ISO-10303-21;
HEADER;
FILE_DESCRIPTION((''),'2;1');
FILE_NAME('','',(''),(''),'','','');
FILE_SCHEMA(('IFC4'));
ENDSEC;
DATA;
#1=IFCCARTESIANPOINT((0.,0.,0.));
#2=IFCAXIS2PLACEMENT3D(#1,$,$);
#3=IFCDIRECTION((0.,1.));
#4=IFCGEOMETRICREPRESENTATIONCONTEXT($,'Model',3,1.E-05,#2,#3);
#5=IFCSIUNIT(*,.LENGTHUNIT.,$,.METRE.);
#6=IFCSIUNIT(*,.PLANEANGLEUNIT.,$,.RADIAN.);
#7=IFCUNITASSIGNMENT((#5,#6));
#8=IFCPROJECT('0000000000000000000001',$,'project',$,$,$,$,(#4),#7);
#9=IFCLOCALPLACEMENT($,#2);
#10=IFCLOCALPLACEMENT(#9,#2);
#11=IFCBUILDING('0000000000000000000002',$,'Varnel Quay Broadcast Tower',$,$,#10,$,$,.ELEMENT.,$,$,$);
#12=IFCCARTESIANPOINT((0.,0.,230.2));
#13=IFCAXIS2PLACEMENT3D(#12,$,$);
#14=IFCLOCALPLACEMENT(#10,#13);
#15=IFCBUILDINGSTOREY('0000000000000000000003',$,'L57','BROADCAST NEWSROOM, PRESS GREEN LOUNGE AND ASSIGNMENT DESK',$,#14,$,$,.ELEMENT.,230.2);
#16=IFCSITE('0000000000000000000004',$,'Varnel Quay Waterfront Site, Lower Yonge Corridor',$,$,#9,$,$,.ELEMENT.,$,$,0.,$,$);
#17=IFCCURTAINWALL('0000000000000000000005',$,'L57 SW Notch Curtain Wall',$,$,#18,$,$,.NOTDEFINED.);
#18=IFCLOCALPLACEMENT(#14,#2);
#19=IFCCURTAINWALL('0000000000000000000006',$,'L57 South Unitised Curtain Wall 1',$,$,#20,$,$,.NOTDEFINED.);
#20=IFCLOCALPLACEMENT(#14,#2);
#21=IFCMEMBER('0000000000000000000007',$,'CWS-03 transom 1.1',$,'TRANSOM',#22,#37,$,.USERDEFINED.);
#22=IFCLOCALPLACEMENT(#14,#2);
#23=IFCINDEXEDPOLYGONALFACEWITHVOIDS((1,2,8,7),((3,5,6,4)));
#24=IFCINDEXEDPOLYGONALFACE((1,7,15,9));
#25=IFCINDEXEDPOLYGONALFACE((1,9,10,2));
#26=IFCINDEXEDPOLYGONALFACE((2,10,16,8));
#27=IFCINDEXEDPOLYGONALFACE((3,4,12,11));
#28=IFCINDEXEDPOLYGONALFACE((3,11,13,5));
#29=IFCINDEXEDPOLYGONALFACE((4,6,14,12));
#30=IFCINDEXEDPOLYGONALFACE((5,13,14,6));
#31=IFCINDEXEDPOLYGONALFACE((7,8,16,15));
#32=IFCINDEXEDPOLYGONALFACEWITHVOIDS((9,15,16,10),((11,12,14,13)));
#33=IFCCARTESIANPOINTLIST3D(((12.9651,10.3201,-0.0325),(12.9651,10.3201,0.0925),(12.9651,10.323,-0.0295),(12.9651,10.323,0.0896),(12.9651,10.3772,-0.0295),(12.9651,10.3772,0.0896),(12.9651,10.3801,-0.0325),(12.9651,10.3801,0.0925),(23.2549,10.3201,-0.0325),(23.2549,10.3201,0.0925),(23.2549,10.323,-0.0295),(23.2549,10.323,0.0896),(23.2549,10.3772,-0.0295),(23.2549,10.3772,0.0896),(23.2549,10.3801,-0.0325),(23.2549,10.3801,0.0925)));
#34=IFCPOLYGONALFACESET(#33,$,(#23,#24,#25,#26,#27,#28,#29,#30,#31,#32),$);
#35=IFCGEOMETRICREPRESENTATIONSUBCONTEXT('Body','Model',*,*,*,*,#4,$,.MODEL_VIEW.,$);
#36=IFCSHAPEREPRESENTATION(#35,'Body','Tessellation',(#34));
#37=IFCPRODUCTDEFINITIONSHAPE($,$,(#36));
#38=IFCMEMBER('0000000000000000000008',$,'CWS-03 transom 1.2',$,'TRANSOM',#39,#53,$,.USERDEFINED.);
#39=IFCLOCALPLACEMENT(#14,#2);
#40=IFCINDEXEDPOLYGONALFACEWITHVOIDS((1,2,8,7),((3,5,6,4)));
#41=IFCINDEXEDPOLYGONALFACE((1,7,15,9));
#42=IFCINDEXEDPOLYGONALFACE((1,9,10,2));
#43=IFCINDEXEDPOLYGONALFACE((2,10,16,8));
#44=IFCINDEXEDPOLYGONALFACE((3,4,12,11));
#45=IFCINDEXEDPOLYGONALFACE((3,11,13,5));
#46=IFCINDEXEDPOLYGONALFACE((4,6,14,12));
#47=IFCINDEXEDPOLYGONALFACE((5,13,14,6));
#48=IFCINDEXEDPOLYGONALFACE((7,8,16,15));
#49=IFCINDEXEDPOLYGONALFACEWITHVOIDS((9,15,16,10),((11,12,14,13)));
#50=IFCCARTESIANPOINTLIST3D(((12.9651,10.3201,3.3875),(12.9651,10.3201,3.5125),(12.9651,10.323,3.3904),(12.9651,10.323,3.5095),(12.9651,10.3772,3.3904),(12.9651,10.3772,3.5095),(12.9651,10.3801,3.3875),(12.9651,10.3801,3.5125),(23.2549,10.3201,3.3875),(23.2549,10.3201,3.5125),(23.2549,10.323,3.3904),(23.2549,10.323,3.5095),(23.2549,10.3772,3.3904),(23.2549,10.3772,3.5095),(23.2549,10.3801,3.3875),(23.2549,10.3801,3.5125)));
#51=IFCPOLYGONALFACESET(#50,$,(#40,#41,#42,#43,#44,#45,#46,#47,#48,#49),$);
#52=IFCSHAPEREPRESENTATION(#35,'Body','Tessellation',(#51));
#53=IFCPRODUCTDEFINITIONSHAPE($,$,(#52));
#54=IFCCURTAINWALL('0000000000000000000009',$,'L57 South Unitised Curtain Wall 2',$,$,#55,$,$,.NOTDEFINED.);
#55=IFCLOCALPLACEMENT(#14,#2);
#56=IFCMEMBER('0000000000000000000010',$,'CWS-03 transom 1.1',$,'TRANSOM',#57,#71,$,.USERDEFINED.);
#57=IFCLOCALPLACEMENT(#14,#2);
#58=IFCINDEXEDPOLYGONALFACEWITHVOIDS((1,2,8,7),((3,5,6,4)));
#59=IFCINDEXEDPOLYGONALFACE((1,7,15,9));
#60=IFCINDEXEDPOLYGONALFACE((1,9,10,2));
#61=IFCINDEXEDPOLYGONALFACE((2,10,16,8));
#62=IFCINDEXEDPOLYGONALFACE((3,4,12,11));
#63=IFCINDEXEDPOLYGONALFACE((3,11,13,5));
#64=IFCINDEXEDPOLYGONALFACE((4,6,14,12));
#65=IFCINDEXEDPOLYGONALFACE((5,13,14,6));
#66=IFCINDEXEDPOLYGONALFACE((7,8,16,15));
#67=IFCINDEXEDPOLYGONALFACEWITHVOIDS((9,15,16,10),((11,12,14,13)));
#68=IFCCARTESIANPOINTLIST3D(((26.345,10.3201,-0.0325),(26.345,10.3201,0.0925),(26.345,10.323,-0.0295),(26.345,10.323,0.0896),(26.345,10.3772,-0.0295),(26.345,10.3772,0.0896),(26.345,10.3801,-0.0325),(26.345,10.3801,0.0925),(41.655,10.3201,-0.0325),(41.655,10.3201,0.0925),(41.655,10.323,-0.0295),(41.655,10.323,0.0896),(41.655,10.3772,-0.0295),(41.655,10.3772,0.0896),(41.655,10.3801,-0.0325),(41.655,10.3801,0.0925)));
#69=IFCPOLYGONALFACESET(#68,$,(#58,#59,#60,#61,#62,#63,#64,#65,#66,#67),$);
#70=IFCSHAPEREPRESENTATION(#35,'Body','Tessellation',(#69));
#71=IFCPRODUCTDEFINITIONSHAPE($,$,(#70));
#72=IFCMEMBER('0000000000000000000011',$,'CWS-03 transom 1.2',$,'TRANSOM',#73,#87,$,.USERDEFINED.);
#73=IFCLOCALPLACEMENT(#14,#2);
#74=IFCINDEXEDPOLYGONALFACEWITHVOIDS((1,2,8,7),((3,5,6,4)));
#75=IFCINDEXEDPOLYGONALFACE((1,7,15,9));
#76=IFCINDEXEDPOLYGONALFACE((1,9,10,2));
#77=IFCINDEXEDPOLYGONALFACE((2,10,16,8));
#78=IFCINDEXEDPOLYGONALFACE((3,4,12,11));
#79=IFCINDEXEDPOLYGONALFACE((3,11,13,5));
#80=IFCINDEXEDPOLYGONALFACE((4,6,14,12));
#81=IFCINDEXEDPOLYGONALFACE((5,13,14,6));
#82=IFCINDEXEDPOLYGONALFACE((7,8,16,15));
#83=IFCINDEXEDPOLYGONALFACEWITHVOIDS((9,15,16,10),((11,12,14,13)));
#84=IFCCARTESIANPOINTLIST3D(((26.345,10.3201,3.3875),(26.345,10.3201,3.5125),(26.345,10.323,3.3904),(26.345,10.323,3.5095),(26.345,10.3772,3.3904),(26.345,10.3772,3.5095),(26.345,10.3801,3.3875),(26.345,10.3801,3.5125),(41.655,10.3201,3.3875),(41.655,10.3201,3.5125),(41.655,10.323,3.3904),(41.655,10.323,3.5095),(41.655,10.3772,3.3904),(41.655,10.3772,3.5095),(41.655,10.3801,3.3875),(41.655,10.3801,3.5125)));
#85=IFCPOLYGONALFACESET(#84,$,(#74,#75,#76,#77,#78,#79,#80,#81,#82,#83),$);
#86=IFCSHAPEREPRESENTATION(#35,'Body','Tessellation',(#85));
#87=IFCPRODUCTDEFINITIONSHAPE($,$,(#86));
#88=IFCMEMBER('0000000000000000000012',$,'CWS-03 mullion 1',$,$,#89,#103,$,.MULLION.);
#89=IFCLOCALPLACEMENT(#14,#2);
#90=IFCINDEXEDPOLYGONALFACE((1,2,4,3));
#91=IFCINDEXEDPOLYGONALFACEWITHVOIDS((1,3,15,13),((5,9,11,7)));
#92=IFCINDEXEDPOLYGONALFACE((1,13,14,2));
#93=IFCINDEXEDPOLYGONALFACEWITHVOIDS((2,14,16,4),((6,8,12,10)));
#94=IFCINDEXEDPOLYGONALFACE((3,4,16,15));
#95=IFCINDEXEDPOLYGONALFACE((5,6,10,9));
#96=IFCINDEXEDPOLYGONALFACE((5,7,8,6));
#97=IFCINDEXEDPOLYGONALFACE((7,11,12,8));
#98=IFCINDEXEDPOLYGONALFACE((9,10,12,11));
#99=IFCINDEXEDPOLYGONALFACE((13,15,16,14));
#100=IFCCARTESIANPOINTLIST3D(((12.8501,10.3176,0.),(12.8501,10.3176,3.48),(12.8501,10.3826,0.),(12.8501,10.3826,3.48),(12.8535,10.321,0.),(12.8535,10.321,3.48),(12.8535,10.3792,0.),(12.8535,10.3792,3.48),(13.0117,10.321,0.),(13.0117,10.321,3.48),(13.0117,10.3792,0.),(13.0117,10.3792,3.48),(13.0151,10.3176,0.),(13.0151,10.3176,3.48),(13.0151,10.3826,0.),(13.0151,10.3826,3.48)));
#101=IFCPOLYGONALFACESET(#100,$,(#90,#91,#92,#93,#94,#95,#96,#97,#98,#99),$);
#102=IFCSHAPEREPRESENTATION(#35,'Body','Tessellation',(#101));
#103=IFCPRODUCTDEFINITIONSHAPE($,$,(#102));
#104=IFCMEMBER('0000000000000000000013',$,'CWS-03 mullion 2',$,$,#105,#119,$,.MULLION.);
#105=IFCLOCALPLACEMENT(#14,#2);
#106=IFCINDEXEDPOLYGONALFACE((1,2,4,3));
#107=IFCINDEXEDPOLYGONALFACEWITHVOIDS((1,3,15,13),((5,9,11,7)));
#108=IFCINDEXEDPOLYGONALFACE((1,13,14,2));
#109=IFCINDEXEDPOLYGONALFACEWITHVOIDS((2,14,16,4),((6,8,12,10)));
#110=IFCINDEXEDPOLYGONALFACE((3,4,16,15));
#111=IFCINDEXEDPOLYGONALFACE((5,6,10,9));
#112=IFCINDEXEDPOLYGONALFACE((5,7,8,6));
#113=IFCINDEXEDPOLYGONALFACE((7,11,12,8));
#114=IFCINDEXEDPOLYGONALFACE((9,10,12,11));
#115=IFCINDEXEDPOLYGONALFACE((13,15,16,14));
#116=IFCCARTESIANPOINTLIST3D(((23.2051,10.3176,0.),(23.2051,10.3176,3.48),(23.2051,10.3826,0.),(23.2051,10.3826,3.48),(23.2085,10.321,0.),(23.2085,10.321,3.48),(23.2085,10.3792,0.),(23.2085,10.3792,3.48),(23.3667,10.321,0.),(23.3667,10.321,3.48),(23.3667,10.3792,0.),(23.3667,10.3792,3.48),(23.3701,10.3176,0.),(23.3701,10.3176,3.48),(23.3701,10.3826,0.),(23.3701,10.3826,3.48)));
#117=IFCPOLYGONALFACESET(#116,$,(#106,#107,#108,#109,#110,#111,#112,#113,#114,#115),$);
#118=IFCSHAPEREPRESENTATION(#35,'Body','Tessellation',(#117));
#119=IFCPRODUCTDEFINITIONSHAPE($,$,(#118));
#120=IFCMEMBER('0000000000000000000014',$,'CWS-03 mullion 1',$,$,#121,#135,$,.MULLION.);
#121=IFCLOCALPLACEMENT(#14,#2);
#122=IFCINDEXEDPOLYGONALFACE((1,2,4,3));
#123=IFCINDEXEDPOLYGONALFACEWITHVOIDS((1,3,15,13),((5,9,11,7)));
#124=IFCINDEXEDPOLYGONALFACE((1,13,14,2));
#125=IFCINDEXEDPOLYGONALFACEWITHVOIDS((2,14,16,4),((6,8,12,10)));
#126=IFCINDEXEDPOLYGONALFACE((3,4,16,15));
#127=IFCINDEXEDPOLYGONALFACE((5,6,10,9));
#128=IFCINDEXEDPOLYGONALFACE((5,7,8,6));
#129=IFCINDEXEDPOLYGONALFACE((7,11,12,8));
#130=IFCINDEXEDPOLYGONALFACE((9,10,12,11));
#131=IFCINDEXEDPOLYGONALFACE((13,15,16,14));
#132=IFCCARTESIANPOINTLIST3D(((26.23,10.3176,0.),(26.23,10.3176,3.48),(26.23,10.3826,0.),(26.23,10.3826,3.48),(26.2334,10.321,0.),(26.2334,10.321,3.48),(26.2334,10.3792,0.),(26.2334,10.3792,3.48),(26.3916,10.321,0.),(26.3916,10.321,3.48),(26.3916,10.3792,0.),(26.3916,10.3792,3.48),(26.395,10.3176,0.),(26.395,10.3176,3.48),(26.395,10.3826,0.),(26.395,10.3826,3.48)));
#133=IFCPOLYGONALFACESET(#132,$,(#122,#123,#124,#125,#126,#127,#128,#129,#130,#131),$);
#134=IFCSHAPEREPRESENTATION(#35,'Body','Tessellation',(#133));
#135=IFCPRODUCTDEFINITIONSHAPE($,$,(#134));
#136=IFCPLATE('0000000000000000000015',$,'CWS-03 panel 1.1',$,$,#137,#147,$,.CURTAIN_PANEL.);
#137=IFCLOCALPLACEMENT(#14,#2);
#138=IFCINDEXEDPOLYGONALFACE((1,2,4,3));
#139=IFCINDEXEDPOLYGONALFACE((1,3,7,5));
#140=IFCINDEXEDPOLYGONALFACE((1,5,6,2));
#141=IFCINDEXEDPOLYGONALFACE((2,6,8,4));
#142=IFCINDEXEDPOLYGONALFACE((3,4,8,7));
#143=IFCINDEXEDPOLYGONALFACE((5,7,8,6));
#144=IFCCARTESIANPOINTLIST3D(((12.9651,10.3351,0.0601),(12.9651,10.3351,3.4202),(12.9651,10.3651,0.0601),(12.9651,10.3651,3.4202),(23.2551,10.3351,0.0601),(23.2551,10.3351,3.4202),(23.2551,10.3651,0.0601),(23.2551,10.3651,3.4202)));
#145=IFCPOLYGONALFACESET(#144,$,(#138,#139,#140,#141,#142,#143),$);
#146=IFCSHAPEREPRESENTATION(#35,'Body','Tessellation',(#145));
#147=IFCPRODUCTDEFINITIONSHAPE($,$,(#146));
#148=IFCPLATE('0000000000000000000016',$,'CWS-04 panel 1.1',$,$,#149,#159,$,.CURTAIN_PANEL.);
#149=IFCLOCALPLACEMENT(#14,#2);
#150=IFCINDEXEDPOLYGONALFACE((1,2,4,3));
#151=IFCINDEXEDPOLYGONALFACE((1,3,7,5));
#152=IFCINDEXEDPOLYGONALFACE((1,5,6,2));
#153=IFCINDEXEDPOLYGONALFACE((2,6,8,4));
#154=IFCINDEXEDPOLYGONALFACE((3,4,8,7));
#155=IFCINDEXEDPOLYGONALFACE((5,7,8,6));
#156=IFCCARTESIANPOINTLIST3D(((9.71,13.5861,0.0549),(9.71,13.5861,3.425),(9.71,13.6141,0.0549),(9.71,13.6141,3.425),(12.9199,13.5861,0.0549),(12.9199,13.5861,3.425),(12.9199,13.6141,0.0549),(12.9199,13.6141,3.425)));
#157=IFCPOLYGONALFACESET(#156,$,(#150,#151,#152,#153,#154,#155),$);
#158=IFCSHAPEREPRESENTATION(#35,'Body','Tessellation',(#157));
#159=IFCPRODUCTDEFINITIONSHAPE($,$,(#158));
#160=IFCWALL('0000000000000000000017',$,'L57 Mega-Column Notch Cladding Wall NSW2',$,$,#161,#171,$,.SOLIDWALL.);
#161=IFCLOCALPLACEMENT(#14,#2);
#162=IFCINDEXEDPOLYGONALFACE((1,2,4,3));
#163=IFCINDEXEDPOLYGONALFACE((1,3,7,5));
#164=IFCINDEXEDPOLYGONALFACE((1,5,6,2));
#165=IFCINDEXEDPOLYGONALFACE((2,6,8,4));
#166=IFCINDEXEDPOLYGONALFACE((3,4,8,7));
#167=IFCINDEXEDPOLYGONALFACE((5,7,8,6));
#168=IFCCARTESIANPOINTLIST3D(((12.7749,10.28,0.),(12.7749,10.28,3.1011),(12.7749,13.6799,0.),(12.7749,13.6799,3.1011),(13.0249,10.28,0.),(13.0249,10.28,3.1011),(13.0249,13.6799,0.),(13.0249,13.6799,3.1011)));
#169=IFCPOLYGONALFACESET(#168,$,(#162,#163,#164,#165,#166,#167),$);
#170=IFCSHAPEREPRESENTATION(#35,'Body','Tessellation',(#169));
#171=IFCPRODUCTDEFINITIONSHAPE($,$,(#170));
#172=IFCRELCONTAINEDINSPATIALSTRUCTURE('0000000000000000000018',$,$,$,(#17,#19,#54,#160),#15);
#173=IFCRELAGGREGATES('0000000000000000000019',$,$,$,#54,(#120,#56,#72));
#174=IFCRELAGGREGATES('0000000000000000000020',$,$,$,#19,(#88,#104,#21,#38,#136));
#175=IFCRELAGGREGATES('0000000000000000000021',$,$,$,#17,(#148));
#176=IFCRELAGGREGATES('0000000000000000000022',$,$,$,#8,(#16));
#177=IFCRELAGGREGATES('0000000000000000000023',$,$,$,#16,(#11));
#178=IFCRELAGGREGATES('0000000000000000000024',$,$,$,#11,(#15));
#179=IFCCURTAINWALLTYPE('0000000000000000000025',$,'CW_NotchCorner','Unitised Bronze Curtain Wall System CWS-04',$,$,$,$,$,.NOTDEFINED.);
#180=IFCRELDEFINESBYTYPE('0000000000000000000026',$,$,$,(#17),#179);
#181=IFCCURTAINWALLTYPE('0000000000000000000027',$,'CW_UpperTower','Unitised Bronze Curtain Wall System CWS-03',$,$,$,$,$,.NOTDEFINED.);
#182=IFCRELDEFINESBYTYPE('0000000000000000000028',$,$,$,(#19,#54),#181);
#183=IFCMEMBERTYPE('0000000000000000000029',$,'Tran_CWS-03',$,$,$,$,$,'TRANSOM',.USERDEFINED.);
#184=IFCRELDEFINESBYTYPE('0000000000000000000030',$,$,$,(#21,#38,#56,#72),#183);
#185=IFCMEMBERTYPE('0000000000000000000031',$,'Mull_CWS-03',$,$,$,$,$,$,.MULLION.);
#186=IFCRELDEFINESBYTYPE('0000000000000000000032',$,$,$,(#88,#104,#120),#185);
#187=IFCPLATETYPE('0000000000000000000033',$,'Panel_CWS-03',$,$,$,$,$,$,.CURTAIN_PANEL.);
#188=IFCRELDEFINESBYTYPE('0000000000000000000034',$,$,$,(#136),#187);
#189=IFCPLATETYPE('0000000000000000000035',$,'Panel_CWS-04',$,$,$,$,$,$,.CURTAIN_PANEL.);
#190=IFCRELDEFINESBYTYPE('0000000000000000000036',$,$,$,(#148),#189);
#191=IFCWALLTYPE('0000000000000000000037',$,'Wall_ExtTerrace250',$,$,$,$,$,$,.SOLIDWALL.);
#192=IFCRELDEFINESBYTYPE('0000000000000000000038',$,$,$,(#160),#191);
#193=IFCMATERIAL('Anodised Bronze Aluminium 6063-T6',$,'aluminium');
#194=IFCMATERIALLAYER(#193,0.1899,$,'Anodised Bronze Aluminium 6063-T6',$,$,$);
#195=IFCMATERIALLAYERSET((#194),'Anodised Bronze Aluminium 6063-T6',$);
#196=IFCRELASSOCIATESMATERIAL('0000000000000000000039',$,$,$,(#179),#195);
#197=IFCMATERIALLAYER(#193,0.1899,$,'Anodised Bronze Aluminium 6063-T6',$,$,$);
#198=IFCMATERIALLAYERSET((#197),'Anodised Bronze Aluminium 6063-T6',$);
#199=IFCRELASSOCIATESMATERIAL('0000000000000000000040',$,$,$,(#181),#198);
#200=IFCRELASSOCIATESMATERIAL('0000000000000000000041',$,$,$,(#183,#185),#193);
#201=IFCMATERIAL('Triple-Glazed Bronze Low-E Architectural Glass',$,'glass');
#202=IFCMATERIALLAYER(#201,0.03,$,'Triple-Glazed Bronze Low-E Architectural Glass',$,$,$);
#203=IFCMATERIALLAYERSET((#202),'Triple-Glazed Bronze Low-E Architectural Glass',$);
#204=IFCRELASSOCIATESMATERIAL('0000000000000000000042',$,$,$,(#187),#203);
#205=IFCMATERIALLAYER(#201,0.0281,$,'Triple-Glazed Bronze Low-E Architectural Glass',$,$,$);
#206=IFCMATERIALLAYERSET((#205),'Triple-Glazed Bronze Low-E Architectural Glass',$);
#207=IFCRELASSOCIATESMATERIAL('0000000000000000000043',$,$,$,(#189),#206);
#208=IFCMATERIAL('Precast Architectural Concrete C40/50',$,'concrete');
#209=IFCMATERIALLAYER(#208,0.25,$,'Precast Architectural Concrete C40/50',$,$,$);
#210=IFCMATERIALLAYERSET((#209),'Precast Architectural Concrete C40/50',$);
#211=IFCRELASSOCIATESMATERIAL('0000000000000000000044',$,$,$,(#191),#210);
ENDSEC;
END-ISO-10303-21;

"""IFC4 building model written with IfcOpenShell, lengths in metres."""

from ifc_helpers import new_model, si_unit, direction, frame, frame_2d, origin, origin_2d, place, context, subcontext, project, spatial, rectangle, hollow_rectangle, extrude, source, transform, mapped, material, layer, layer_set, material_profile, profile_set, type_object, type_shapes, element, aggregate, save


model = new_model("IFC4")

# Units and contexts
model_context = context("Model", 3, precision=1e-05, world=origin(), true_north=direction((0.0, 1.0)))
body_context = subcontext(model_context, "Body", "Model", "MODEL_VIEW")
ifc_project = project(units=[si_unit("LENGTHUNIT", "METRE"), si_unit("PLANEANGLEUNIT", "RADIAN")], contexts=[model_context])

# Site, building, storey
site_placement = place(None, origin())
site = spatial("IfcSite", under=ifc_project, at=site_placement, Name="Varnel Quay Waterfront Site, Lower Yonge Corridor", CompositionType="ELEMENT", RefElevation=0.0)
building_placement = place(site_placement, origin())
building = spatial("IfcBuilding", under=site, at=building_placement, Name="Varnel Quay Broadcast Tower", CompositionType="ELEMENT")
storey_placement = place(building_placement, frame((0.0, 0.0, 230.2)))
storey = spatial("IfcBuildingStorey", under=building, at=storey_placement, Name="L57", Description="BROADCAST NEWSROOM, PRESS GREEN LOUNGE AND ASSIGNMENT DESK", CompositionType="ELEMENT", Elevation=230.2)

# Curtain wall
ifc_material_1 = material(Name="Anodised Bronze Aluminium 6063-T6", Category="aluminium")
ifc_layer_1 = layer(ifc_material_1, 0.1899, Name="Anodised Bronze Aluminium 6063-T6")
ifc_layer_set_1 = layer_set([ifc_layer_1], Name="Anodised Bronze Aluminium 6063-T6")
curtain_wall_type_1 = type_object("IfcCurtainWallType", Name="CW_NotchCorner", Description="Unitised Bronze Curtain Wall System CWS-04", PredefinedType="NOTDEFINED", material=ifc_layer_set_1)
curtain_wall_1_placement = place(storey_placement, origin())
curtain_wall_1 = element("IfcCurtainWall", 1, at=curtain_wall_1_placement, inside=storey, type_object=curtain_wall_type_1, Name="L57 SW Notch Curtain Wall", PredefinedType="NOTDEFINED")

# Curtain walls, members
ifc_layer_2 = layer(ifc_material_1, 0.1899, Name="Anodised Bronze Aluminium 6063-T6")
ifc_layer_set_2 = layer_set([ifc_layer_2], Name="Anodised Bronze Aluminium 6063-T6")
curtain_wall_type_2 = type_object("IfcCurtainWallType", Name="CW_UpperTower", Description="Unitised Bronze Curtain Wall System CWS-03", PredefinedType="NOTDEFINED", material=ifc_layer_set_2)
curtain_wall_2_placement = place(storey_placement, origin())
curtain_wall_2 = element("IfcCurtainWall", 2, at=curtain_wall_2_placement, inside=storey, type_object=curtain_wall_type_2, Name="L57 South Unitised Curtain Wall 1", PredefinedType="NOTDEFINED")
ifc_material_profile_1 = material_profile(ifc_material_1, hollow_rectangle(XDim=0.0601, YDim=0.125, WallThickness=0.0029, at=origin_2d()), Name="ALU60X125X3")
ifc_profile_set_1 = profile_set([ifc_material_profile_1], Name="Anodised Bronze Aluminium 6063-T6")
member_type_1 = type_object("IfcMemberType", Name="Tran_CWS-03", ElementType="TRANSOM", PredefinedType="USERDEFINED", material=ifc_profile_set_1)
shared_shape_1 = source(origin(), body_context, "Body", "SweptSolid", [
    extrude(hollow_rectangle(XDim=0.0601, YDim=0.125, WallThickness=0.0029, at=origin_2d()), origin(), (0.0, 0.0, 1.0), 10.2898),
])
member_1_placement = place(storey_placement, frame((12.9651, 10.3501, 0.03), z_axis=(1.0, 0.0, 0.0), x_axis=(0.0, 1.0, 0.0)))
member_1 = element("IfcMember", 3, at=member_1_placement, type_object=member_type_1, Name="CWS-03 transom 1.1", ObjectType="TRANSOM", PredefinedType="USERDEFINED", context=body_context, shape_type="MappedRepresentation", body=[
    mapped(shared_shape_1, transform((0.0, 0.0, 0.0), x_axis=(1.0, 0.0, 0.0), y_axis=(0.0, 1.0, 0.0), z_axis=(0.0, 0.0, 1.0), scale=1.0)),
])
member_2_placement = place(storey_placement, frame((12.9651, 10.3501, 3.45), z_axis=(1.0, 0.0, 0.0), x_axis=(0.0, 1.0, 0.0)))
member_2 = element("IfcMember", 4, at=member_2_placement, type_object=member_type_1, Name="CWS-03 transom 1.2", ObjectType="TRANSOM", PredefinedType="USERDEFINED", context=body_context, shape_type="MappedRepresentation", body=[
    mapped(shared_shape_1, transform((0.0, 0.0, 0.0), x_axis=(1.0, 0.0, 0.0), y_axis=(0.0, 1.0, 0.0), z_axis=(0.0, 0.0, 1.0), scale=1.0)),
])
curtain_wall_3_placement = place(storey_placement, origin())
curtain_wall_3 = element("IfcCurtainWall", 5, at=curtain_wall_3_placement, inside=storey, type_object=curtain_wall_type_2, Name="L57 South Unitised Curtain Wall 2", PredefinedType="NOTDEFINED")
shared_shape_2 = source(origin(), body_context, "Body", "SweptSolid", [
    extrude(hollow_rectangle(XDim=0.0601, YDim=0.125, WallThickness=0.0029, at=origin_2d()), origin(), (0.0, 0.0, 1.0), 15.3101),
])
type_shapes(member_type_1, [shared_shape_1, shared_shape_2])
member_3_placement = place(storey_placement, frame((26.345, 10.3501, 0.03), z_axis=(1.0, 0.0, 0.0), x_axis=(0.0, 1.0, 0.0)))
member_3 = element("IfcMember", 6, at=member_3_placement, type_object=member_type_1, Name="CWS-03 transom 1.1", ObjectType="TRANSOM", PredefinedType="USERDEFINED", context=body_context, shape_type="MappedRepresentation", body=[
    mapped(shared_shape_2, transform((0.0, 0.0, 0.0), x_axis=(1.0, 0.0, 0.0), y_axis=(0.0, 1.0, 0.0), z_axis=(0.0, 0.0, 1.0), scale=1.0)),
])
member_4_placement = place(storey_placement, frame((26.345, 10.3501, 3.45), z_axis=(1.0, 0.0, 0.0), x_axis=(0.0, 1.0, 0.0)))
member_4 = element("IfcMember", 7, at=member_4_placement, type_object=member_type_1, Name="CWS-03 transom 1.2", ObjectType="TRANSOM", PredefinedType="USERDEFINED", context=body_context, shape_type="MappedRepresentation", body=[
    mapped(shared_shape_2, transform((0.0, 0.0, 0.0), x_axis=(1.0, 0.0, 0.0), y_axis=(0.0, 1.0, 0.0), z_axis=(0.0, 0.0, 1.0), scale=1.0)),
])

# Members
ifc_material_profile_2 = material_profile(ifc_material_1, hollow_rectangle(XDim=0.0649, YDim=0.165, WallThickness=0.0034, at=origin_2d()), Name="ALU65X165X3.5")
ifc_profile_set_2 = profile_set([ifc_material_profile_2], Name="Anodised Bronze Aluminium 6063-T6")
member_type_2 = type_object("IfcMemberType", Name="Mull_CWS-03", PredefinedType="MULLION", material=ifc_profile_set_2)
shared_shape_3 = source(origin(), body_context, "Body", "SweptSolid", [
    extrude(hollow_rectangle(XDim=0.0649, YDim=0.165, WallThickness=0.0034, at=origin_2d()), origin(), (0.0, 0.0, 1.0), 3.48),
])
type_shapes(member_type_2, [shared_shape_3])
member_5_placement = place(storey_placement, frame((12.9326, 10.3501, 0.0), z_axis=(0.0, 0.0, 1.0), x_axis=(0.0, 1.0, 0.0)))
member_5 = element("IfcMember", 8, at=member_5_placement, type_object=member_type_2, Name="CWS-03 mullion 1", PredefinedType="MULLION", context=body_context, shape_type="MappedRepresentation", body=[
    mapped(shared_shape_3, transform((0.0, 0.0, 0.0), x_axis=(1.0, 0.0, 0.0), y_axis=(0.0, 1.0, 0.0), z_axis=(0.0, 0.0, 1.0), scale=1.0)),
])
member_6_placement = place(storey_placement, frame((23.2876, 10.3501, 0.0), z_axis=(0.0, 0.0, 1.0), x_axis=(0.0, 1.0, 0.0)))
member_6 = element("IfcMember", 9, at=member_6_placement, type_object=member_type_2, Name="CWS-03 mullion 2", PredefinedType="MULLION", context=body_context, shape_type="MappedRepresentation", body=[
    mapped(shared_shape_3, transform((0.0, 0.0, 0.0), x_axis=(1.0, 0.0, 0.0), y_axis=(0.0, 1.0, 0.0), z_axis=(0.0, 0.0, 1.0), scale=1.0)),
])
member_7_placement = place(storey_placement, frame((26.3125, 10.3501, 0.0), z_axis=(0.0, 0.0, 1.0), x_axis=(0.0, 1.0, 0.0)))
member_7 = element("IfcMember", 10, at=member_7_placement, type_object=member_type_2, Name="CWS-03 mullion 1", PredefinedType="MULLION", context=body_context, shape_type="MappedRepresentation", body=[
    mapped(shared_shape_3, transform((0.0, 0.0, 0.0), x_axis=(1.0, 0.0, 0.0), y_axis=(0.0, 1.0, 0.0), z_axis=(0.0, 0.0, 1.0), scale=1.0)),
])
aggregate(curtain_wall_3, [member_7, member_3, member_4])

# Plates
ifc_material_2 = material(Name="Triple-Glazed Bronze Low-E Architectural Glass", Category="glass")
ifc_layer_3 = layer(ifc_material_2, 0.03, Name="Triple-Glazed Bronze Low-E Architectural Glass")
ifc_layer_set_3 = layer_set([ifc_layer_3], Name="Triple-Glazed Bronze Low-E Architectural Glass")
plate_type_1 = type_object("IfcPlateType", Name="Panel_CWS-03", PredefinedType="CURTAIN_PANEL", material=ifc_layer_set_3)
shared_shape_4 = source(origin(), body_context, "Body", "SweptSolid", [
    extrude(rectangle(XDim=10.29, YDim=0.03, at=origin_2d()), origin(), (0.0, 0.0, 1.0), 3.3601),
])
type_shapes(plate_type_1, [shared_shape_4])
plate_1_placement = place(storey_placement, frame((18.1101, 10.3501, 0.0601), z_axis=(0.0, 0.0, 1.0), x_axis=(1.0, 0.0, 0.0)))
plate_1 = element("IfcPlate", 11, at=plate_1_placement, type_object=plate_type_1, Name="CWS-03 panel 1.1", PredefinedType="CURTAIN_PANEL", context=body_context, shape_type="MappedRepresentation", body=[
    mapped(shared_shape_4, transform((0.0, 0.0, 0.0), x_axis=(1.0, 0.0, 0.0), y_axis=(0.0, 1.0, 0.0), z_axis=(0.0, 0.0, 1.0), scale=1.0)),
])
aggregate(curtain_wall_2, [member_5, member_6, member_1, member_2, plate_1])
ifc_layer_4 = layer(ifc_material_2, 0.0281, Name="Triple-Glazed Bronze Low-E Architectural Glass")
ifc_layer_set_4 = layer_set([ifc_layer_4], Name="Triple-Glazed Bronze Low-E Architectural Glass")
plate_type_2 = type_object("IfcPlateType", Name="Panel_CWS-04", PredefinedType="CURTAIN_PANEL", material=ifc_layer_set_4)
shared_shape_5 = source(origin(), body_context, "Body", "SweptSolid", [
    extrude(rectangle(XDim=3.21, YDim=0.0281, at=origin_2d()), origin(), (0.0, 0.0, 1.0), 3.3701),
])
type_shapes(plate_type_2, [shared_shape_5])
plate_2_placement = place(storey_placement, frame((11.3149, 13.6001, 0.0549), z_axis=(0.0, 0.0, 1.0), x_axis=(1.0, 0.0, 0.0)))
plate_2 = element("IfcPlate", 12, at=plate_2_placement, type_object=plate_type_2, Name="CWS-04 panel 1.1", PredefinedType="CURTAIN_PANEL", context=body_context, shape_type="MappedRepresentation", body=[
    mapped(shared_shape_5, transform((0.0, 0.0, 0.0), x_axis=(1.0, 0.0, 0.0), y_axis=(0.0, 1.0, 0.0), z_axis=(0.0, 0.0, 1.0), scale=1.0)),
])
aggregate(curtain_wall_1, [plate_2])

# Shared definitions
ifc_material_3 = material(Name="Precast Architectural Concrete C40/50", Category="concrete")
ifc_layer_5 = layer(ifc_material_3, 0.25, Name="Precast Architectural Concrete C40/50")
ifc_layer_set_5 = layer_set([ifc_layer_5], Name="Precast Architectural Concrete C40/50")
wall_type = type_object("IfcWallType", Name="Wall_ExtTerrace250", PredefinedType="SOLIDWALL", material=ifc_layer_set_5)

# Wall
wall_1_placement = place(storey_placement, frame((12.8999, 10.28, 0.0), z_axis=(0.0, 0.0, 1.0), x_axis=(0.0, 1.0, 0.0)))
element("IfcWall", 13, at=wall_1_placement, inside=storey, type_object=wall_type, Name="L57 Mega-Column Notch Cladding Wall NSW2", PredefinedType="SOLIDWALL", context=body_context, shape_type="SweptSolid", body=[
    extrude(rectangle(XDim=3.3999, YDim=0.25, at=frame_2d((1.7, 0.0))), origin(), (0.0, 0.0, 1.0), 3.1011),
])

save(model, "model.ifc")
